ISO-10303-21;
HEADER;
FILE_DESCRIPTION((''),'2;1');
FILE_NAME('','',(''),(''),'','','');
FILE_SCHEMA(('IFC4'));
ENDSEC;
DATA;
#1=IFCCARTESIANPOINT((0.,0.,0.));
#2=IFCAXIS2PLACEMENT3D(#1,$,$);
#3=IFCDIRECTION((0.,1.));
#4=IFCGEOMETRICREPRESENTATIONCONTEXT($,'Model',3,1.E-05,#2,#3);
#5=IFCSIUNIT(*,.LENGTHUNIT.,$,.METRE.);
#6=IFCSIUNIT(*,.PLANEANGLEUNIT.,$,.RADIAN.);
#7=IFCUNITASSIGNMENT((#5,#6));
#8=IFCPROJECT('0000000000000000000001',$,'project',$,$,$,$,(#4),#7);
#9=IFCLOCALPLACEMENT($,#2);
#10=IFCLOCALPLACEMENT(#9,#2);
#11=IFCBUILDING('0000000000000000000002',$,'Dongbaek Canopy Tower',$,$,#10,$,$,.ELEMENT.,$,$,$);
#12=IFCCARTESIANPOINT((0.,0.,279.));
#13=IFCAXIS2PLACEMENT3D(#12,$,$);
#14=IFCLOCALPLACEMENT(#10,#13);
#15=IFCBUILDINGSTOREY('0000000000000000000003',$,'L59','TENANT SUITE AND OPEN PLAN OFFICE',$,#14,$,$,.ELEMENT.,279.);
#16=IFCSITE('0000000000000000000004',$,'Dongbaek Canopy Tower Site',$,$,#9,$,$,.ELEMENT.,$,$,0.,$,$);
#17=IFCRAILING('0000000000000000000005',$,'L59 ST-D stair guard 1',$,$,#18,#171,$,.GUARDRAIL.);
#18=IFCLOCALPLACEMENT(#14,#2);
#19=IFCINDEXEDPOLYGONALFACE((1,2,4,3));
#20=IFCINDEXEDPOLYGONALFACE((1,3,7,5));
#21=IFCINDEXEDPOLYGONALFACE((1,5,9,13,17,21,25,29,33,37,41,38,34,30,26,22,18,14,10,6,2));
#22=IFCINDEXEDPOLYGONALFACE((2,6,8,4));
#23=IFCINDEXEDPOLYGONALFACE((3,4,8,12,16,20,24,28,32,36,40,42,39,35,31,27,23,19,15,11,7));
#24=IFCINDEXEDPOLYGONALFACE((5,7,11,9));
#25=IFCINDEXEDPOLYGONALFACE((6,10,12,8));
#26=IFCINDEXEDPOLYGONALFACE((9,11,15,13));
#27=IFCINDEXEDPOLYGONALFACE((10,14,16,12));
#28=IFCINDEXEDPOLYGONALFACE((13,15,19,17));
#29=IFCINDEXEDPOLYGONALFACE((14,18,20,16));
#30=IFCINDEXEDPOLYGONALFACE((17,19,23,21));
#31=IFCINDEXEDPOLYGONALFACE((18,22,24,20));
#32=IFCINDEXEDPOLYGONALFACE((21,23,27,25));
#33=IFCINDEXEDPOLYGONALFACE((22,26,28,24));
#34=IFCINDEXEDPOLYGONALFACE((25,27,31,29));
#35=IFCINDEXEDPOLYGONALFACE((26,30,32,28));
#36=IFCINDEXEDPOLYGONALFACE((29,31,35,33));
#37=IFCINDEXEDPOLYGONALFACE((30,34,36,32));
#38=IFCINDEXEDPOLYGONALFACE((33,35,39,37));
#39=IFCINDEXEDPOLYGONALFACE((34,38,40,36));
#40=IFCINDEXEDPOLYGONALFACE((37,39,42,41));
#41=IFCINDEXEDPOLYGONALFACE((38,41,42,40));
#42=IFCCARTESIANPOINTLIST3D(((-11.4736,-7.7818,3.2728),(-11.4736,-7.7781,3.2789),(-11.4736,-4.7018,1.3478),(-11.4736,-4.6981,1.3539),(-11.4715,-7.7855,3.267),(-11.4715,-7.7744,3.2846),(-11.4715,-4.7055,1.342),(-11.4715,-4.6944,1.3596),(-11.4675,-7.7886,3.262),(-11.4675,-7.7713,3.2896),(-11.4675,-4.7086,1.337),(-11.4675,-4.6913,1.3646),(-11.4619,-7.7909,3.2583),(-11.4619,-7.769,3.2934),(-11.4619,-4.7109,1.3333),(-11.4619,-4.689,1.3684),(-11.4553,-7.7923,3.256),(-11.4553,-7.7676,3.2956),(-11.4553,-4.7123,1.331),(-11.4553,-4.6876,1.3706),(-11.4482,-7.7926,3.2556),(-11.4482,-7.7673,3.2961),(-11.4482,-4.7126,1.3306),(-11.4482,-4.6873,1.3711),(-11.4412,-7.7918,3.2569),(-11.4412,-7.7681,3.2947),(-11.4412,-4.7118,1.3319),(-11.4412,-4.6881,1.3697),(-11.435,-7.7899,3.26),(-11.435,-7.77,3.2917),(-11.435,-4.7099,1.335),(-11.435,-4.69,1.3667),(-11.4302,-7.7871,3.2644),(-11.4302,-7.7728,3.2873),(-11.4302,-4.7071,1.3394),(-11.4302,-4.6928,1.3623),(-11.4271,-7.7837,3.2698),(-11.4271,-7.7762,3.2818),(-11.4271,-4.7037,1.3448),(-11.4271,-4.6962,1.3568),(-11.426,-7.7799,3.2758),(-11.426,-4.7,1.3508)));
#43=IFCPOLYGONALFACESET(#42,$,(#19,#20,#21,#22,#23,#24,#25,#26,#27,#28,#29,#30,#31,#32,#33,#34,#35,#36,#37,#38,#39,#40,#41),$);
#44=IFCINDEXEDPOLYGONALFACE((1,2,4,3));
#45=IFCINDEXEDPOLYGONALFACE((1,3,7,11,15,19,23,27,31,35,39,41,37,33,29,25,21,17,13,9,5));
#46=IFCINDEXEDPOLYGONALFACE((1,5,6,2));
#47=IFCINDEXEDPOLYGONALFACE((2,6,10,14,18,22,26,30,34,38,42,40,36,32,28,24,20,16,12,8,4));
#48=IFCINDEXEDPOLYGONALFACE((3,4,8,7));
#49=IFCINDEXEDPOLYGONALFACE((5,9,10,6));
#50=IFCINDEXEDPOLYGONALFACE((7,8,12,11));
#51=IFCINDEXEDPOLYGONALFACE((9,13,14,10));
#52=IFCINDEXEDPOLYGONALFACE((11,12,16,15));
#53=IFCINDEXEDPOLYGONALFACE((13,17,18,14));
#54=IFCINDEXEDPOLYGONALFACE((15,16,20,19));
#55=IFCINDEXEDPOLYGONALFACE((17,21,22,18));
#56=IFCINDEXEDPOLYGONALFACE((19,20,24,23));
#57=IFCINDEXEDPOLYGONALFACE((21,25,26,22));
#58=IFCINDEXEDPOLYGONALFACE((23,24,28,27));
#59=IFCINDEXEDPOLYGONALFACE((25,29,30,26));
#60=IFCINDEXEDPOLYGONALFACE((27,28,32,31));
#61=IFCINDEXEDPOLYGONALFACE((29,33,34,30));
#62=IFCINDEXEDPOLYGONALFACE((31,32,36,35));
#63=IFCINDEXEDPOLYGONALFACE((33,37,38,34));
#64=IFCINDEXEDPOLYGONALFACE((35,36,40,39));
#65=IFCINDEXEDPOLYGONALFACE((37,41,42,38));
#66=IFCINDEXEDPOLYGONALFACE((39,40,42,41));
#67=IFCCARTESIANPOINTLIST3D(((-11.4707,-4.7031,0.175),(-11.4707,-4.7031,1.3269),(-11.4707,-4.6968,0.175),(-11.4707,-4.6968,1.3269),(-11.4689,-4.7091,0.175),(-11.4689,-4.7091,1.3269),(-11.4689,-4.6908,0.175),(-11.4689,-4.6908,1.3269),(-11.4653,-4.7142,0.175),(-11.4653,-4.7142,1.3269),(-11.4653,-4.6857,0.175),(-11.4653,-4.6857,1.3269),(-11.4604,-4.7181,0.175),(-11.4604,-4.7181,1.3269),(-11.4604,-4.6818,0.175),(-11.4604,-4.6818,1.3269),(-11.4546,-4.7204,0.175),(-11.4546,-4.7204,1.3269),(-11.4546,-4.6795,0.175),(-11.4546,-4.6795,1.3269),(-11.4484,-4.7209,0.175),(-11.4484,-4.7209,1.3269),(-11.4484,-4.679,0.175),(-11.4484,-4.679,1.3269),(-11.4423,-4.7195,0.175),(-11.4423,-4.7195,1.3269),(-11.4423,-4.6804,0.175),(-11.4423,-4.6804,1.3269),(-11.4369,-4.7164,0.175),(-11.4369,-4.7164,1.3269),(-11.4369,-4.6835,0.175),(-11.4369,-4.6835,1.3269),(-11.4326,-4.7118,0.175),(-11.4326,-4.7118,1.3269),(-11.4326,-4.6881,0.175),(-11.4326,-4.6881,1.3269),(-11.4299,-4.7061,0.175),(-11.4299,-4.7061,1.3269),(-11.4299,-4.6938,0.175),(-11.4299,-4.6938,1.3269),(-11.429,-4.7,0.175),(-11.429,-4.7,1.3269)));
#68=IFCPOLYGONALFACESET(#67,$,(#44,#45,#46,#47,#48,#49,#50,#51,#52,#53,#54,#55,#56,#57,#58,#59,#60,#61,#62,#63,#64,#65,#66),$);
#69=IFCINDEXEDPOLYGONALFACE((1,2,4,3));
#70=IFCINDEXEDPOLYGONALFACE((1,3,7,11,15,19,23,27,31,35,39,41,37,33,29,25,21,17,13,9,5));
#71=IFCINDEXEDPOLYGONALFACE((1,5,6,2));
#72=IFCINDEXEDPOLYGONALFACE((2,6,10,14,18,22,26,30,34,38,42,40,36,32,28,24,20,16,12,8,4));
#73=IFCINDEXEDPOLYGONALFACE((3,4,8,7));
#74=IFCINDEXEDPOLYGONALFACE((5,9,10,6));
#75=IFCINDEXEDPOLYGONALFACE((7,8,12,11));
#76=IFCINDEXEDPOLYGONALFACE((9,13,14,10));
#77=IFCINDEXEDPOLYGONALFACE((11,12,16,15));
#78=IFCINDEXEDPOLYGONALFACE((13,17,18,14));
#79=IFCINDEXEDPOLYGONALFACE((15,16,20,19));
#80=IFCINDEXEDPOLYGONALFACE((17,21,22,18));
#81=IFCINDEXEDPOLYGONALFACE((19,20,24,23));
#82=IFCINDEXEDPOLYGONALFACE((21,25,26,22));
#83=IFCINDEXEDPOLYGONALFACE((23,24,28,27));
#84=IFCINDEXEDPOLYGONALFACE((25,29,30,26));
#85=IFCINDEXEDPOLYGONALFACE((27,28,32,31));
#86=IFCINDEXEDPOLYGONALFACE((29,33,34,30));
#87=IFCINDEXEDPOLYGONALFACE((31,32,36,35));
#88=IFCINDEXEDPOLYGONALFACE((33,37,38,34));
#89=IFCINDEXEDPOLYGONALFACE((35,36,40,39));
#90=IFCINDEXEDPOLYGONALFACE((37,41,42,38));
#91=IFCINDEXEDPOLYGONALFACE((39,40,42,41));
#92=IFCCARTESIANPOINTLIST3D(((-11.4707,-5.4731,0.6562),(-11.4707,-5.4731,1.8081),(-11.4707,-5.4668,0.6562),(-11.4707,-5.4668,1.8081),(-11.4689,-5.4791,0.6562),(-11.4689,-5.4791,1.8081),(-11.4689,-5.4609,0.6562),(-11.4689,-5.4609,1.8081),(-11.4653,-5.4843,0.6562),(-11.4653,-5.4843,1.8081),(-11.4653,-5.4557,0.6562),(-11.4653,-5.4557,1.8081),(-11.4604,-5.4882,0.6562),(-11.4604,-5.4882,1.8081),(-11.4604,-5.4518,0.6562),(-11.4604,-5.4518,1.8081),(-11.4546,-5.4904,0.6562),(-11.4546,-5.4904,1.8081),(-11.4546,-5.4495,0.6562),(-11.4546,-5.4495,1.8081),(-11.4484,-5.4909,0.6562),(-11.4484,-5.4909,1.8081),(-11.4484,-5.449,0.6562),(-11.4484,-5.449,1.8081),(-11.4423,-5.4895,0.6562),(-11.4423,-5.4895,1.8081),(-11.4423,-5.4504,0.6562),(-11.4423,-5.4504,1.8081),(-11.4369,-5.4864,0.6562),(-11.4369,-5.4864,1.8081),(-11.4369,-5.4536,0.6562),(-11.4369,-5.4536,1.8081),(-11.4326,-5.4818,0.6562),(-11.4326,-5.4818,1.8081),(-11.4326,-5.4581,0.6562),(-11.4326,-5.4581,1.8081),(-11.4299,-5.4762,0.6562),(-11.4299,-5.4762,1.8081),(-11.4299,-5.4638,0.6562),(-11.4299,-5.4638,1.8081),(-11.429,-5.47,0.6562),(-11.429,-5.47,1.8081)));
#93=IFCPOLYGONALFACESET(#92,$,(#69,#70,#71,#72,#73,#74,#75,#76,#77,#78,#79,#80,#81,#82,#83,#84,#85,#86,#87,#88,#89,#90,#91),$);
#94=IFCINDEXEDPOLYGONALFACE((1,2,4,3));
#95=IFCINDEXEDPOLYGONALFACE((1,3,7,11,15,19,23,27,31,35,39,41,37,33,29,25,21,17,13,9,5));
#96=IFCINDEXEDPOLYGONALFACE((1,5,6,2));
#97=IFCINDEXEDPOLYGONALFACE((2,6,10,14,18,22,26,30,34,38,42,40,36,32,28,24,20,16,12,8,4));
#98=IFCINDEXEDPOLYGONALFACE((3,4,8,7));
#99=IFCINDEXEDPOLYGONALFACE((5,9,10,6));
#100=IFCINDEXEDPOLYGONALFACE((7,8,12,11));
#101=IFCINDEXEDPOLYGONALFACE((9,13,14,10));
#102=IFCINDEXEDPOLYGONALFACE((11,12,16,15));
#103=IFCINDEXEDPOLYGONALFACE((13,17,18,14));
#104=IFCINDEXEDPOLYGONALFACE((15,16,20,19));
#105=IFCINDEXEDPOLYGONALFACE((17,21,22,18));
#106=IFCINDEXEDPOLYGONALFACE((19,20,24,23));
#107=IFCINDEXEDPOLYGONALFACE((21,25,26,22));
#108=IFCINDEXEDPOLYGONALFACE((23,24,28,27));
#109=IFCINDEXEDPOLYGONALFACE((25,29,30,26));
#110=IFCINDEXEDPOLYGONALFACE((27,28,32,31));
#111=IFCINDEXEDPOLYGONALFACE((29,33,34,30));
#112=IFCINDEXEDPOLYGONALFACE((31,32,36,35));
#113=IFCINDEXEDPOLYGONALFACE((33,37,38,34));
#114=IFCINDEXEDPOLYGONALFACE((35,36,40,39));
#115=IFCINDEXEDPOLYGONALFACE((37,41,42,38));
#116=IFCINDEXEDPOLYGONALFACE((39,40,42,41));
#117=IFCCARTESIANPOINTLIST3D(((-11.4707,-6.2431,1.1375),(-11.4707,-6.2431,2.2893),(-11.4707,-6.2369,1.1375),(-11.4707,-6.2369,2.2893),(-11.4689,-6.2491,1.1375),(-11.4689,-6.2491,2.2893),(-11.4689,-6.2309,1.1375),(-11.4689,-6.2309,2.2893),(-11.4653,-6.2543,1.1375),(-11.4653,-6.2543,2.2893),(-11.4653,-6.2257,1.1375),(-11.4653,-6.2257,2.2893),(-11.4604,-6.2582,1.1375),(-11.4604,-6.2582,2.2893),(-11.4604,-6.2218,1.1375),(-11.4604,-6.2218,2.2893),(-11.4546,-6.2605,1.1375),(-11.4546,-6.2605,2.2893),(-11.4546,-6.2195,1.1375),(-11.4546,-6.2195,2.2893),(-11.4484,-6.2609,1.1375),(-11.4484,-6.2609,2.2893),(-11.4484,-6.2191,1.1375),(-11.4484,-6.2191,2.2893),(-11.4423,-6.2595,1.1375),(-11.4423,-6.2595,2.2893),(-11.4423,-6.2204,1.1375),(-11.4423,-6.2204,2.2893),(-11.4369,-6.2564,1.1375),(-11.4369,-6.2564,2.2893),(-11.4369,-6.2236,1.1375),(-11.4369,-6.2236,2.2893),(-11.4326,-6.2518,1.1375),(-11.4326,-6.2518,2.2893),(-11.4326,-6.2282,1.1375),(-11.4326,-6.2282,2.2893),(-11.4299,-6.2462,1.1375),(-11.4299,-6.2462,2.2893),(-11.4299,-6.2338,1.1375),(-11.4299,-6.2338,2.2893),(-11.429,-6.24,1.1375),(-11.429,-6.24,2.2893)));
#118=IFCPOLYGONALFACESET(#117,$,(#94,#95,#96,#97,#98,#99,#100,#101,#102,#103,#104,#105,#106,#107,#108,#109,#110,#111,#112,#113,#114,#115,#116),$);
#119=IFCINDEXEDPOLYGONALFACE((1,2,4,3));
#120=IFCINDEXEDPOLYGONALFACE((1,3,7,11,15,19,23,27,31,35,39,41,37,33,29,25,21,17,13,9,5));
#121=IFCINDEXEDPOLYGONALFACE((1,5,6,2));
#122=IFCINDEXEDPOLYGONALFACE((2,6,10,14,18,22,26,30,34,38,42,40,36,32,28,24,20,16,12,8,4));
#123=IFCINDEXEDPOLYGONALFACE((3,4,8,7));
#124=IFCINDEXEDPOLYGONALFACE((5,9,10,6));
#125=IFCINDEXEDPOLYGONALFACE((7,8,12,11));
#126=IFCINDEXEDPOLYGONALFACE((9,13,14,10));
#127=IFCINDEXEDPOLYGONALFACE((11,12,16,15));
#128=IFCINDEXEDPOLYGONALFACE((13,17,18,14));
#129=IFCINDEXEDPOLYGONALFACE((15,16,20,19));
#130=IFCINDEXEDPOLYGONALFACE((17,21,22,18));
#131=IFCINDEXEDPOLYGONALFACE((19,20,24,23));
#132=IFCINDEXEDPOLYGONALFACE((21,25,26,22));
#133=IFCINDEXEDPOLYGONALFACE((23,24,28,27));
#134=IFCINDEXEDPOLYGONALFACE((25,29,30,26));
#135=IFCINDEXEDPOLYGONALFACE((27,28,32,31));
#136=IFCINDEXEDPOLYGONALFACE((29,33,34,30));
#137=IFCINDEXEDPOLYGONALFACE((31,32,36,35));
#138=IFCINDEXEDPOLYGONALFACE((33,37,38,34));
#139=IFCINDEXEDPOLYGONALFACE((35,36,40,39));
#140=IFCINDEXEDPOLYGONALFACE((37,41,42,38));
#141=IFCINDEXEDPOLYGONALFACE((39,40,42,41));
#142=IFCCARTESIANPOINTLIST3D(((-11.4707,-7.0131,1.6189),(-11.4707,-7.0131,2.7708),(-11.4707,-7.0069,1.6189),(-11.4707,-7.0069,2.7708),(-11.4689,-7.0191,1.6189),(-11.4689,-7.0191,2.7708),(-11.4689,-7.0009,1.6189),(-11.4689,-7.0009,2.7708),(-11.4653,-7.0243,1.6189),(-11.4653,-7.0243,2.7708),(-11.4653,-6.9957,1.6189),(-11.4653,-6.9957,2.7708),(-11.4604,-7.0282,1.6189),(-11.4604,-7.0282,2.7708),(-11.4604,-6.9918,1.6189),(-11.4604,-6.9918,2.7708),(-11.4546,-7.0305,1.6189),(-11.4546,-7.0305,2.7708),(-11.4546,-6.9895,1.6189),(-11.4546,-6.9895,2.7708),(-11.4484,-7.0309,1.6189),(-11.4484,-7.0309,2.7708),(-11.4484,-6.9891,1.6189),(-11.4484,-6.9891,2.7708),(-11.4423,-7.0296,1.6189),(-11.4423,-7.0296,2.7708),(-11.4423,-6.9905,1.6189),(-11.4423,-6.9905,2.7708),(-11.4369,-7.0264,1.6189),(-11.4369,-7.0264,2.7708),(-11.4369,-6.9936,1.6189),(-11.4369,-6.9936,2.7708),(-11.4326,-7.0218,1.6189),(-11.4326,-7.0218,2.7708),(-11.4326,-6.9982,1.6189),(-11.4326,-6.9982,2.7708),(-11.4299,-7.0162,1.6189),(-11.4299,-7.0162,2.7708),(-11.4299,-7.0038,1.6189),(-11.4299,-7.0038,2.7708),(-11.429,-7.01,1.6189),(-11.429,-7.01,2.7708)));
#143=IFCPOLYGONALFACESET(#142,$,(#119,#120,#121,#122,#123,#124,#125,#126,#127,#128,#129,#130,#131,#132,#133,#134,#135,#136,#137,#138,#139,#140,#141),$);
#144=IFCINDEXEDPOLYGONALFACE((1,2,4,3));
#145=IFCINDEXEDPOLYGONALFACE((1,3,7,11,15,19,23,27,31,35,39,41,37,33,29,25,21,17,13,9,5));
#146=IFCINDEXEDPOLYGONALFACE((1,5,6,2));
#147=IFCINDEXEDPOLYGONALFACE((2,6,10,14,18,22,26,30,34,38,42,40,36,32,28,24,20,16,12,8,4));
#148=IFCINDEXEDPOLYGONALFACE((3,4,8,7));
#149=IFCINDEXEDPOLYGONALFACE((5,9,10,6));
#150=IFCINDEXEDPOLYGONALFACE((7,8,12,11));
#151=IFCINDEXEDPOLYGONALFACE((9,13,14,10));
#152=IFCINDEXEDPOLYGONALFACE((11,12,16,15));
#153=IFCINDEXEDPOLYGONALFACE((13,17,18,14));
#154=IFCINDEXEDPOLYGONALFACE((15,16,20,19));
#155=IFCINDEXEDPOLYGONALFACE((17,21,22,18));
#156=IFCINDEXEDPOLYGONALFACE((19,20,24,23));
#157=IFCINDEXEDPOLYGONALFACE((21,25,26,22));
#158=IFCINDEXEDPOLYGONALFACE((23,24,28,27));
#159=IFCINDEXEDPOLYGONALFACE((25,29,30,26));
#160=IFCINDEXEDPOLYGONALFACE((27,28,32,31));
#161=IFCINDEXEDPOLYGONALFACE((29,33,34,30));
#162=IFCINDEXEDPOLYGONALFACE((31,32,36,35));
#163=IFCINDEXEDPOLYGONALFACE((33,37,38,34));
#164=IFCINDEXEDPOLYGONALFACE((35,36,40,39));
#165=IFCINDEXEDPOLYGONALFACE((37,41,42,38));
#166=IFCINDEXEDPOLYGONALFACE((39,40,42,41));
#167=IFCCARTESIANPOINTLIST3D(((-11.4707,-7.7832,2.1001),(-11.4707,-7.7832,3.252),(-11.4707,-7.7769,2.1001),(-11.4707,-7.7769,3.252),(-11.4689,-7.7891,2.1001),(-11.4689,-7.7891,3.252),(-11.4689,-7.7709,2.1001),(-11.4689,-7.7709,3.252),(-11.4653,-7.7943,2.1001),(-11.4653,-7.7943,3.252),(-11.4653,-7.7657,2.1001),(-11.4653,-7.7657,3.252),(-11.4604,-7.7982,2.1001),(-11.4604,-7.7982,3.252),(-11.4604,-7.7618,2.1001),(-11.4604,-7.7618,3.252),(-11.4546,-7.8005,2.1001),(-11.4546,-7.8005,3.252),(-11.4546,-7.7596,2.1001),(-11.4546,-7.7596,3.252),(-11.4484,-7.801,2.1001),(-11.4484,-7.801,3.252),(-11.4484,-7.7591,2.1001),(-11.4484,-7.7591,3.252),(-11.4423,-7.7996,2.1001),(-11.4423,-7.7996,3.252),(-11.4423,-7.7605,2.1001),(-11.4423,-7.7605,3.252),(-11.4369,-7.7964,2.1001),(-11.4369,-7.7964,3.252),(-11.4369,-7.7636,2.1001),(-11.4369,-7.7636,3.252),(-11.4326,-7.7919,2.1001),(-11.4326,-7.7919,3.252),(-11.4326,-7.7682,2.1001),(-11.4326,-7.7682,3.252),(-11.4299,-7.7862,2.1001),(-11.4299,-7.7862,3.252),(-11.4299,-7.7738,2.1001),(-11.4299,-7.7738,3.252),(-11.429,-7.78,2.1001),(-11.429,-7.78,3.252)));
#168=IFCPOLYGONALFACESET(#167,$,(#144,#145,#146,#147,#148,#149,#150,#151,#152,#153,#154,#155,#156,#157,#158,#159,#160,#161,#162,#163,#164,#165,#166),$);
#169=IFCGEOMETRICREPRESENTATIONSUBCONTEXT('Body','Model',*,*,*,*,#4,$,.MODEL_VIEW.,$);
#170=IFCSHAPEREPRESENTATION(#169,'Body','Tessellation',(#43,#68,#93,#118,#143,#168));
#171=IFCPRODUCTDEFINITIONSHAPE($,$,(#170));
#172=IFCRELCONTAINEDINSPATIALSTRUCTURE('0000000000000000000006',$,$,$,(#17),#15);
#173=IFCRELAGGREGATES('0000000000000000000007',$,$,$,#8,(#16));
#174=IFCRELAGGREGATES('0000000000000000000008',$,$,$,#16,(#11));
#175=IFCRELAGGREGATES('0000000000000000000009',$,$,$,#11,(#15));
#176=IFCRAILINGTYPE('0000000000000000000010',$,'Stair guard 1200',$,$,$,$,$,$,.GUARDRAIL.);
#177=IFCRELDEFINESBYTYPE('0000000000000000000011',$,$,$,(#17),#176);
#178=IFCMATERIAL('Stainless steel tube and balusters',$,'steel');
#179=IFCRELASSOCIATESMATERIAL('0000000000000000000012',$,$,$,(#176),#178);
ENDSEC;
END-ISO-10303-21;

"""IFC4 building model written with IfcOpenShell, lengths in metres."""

from ifc_helpers import new_model, si_unit, direction, frame, origin, origin_2d, place, context, subcontext, project, spatial, circle, extrude, material, type_object, element, save


model = new_model("IFC4")

# Units and contexts
model_context = context("Model", 3, precision=1e-05, world=origin(), true_north=direction((0.0, 1.0)))
body_context = subcontext(model_context, "Body", "Model", "MODEL_VIEW")
ifc_project = project(units=[si_unit("LENGTHUNIT", "METRE"), si_unit("PLANEANGLEUNIT", "RADIAN")], contexts=[model_context])

# Site, building, storey
site_placement = place(None, origin())
site = spatial("IfcSite", under=ifc_project, at=site_placement, Name="Dongbaek Canopy Tower Site", CompositionType="ELEMENT", RefElevation=0.0)
building_placement = place(site_placement, origin())
building = spatial("IfcBuilding", under=site, at=building_placement, Name="Dongbaek Canopy Tower", CompositionType="ELEMENT")
storey_placement = place(building_placement, frame((0.0, 0.0, 279.0)))
storey = spatial("IfcBuildingStorey", under=building, at=storey_placement, Name="L59", Description="TENANT SUITE AND OPEN PLAN OFFICE", CompositionType="ELEMENT", Elevation=279.0)

# Railing
ifc_material_1 = material(Name="Stainless steel tube and balusters", Category="steel")
railing_type_1 = type_object("IfcRailingType", Name="Stair guard 1200", PredefinedType="GUARDRAIL", material=ifc_material_1)
railing_1_placement = place(storey_placement, frame((-11.45, -4.7, 0.175)))
element("IfcRailing", 1, at=railing_1_placement, inside=storey, type_object=railing_type_1, Name="L59 ST-D stair guard 1", PredefinedType="GUARDRAIL", context=body_context, shape_type="SweptSolid", body=[
    extrude(circle(Radius=0.0239, at=origin_2d()), frame((0.0, 0.0, 1.1758), z_axis=(0.0, -0.847998, 0.529999), x_axis=(1.0, 0.0, 0.0)), (0.0, 0.0, 1.0), 3.6321),
    extrude(circle(Radius=0.021, at=origin_2d()), origin(), (0.0, 0.0, 1.0), 1.1519),
    extrude(circle(Radius=0.021, at=origin_2d()), frame((0.0, -0.77, 0.4812)), (0.0, 0.0, 1.0), 1.1519),
    extrude(circle(Radius=0.021, at=origin_2d()), frame((0.0, -1.54, 0.9624)), (0.0, 0.0, 1.0), 1.1519),
    extrude(circle(Radius=0.021, at=origin_2d()), frame((0.0, -2.3101, 1.4438)), (0.0, 0.0, 1.0), 1.1519),
    extrude(circle(Radius=0.021, at=origin_2d()), frame((0.0, -3.0801, 1.925)), (0.0, 0.0, 1.0), 1.1519),
])

save(model, "model.ifc")
